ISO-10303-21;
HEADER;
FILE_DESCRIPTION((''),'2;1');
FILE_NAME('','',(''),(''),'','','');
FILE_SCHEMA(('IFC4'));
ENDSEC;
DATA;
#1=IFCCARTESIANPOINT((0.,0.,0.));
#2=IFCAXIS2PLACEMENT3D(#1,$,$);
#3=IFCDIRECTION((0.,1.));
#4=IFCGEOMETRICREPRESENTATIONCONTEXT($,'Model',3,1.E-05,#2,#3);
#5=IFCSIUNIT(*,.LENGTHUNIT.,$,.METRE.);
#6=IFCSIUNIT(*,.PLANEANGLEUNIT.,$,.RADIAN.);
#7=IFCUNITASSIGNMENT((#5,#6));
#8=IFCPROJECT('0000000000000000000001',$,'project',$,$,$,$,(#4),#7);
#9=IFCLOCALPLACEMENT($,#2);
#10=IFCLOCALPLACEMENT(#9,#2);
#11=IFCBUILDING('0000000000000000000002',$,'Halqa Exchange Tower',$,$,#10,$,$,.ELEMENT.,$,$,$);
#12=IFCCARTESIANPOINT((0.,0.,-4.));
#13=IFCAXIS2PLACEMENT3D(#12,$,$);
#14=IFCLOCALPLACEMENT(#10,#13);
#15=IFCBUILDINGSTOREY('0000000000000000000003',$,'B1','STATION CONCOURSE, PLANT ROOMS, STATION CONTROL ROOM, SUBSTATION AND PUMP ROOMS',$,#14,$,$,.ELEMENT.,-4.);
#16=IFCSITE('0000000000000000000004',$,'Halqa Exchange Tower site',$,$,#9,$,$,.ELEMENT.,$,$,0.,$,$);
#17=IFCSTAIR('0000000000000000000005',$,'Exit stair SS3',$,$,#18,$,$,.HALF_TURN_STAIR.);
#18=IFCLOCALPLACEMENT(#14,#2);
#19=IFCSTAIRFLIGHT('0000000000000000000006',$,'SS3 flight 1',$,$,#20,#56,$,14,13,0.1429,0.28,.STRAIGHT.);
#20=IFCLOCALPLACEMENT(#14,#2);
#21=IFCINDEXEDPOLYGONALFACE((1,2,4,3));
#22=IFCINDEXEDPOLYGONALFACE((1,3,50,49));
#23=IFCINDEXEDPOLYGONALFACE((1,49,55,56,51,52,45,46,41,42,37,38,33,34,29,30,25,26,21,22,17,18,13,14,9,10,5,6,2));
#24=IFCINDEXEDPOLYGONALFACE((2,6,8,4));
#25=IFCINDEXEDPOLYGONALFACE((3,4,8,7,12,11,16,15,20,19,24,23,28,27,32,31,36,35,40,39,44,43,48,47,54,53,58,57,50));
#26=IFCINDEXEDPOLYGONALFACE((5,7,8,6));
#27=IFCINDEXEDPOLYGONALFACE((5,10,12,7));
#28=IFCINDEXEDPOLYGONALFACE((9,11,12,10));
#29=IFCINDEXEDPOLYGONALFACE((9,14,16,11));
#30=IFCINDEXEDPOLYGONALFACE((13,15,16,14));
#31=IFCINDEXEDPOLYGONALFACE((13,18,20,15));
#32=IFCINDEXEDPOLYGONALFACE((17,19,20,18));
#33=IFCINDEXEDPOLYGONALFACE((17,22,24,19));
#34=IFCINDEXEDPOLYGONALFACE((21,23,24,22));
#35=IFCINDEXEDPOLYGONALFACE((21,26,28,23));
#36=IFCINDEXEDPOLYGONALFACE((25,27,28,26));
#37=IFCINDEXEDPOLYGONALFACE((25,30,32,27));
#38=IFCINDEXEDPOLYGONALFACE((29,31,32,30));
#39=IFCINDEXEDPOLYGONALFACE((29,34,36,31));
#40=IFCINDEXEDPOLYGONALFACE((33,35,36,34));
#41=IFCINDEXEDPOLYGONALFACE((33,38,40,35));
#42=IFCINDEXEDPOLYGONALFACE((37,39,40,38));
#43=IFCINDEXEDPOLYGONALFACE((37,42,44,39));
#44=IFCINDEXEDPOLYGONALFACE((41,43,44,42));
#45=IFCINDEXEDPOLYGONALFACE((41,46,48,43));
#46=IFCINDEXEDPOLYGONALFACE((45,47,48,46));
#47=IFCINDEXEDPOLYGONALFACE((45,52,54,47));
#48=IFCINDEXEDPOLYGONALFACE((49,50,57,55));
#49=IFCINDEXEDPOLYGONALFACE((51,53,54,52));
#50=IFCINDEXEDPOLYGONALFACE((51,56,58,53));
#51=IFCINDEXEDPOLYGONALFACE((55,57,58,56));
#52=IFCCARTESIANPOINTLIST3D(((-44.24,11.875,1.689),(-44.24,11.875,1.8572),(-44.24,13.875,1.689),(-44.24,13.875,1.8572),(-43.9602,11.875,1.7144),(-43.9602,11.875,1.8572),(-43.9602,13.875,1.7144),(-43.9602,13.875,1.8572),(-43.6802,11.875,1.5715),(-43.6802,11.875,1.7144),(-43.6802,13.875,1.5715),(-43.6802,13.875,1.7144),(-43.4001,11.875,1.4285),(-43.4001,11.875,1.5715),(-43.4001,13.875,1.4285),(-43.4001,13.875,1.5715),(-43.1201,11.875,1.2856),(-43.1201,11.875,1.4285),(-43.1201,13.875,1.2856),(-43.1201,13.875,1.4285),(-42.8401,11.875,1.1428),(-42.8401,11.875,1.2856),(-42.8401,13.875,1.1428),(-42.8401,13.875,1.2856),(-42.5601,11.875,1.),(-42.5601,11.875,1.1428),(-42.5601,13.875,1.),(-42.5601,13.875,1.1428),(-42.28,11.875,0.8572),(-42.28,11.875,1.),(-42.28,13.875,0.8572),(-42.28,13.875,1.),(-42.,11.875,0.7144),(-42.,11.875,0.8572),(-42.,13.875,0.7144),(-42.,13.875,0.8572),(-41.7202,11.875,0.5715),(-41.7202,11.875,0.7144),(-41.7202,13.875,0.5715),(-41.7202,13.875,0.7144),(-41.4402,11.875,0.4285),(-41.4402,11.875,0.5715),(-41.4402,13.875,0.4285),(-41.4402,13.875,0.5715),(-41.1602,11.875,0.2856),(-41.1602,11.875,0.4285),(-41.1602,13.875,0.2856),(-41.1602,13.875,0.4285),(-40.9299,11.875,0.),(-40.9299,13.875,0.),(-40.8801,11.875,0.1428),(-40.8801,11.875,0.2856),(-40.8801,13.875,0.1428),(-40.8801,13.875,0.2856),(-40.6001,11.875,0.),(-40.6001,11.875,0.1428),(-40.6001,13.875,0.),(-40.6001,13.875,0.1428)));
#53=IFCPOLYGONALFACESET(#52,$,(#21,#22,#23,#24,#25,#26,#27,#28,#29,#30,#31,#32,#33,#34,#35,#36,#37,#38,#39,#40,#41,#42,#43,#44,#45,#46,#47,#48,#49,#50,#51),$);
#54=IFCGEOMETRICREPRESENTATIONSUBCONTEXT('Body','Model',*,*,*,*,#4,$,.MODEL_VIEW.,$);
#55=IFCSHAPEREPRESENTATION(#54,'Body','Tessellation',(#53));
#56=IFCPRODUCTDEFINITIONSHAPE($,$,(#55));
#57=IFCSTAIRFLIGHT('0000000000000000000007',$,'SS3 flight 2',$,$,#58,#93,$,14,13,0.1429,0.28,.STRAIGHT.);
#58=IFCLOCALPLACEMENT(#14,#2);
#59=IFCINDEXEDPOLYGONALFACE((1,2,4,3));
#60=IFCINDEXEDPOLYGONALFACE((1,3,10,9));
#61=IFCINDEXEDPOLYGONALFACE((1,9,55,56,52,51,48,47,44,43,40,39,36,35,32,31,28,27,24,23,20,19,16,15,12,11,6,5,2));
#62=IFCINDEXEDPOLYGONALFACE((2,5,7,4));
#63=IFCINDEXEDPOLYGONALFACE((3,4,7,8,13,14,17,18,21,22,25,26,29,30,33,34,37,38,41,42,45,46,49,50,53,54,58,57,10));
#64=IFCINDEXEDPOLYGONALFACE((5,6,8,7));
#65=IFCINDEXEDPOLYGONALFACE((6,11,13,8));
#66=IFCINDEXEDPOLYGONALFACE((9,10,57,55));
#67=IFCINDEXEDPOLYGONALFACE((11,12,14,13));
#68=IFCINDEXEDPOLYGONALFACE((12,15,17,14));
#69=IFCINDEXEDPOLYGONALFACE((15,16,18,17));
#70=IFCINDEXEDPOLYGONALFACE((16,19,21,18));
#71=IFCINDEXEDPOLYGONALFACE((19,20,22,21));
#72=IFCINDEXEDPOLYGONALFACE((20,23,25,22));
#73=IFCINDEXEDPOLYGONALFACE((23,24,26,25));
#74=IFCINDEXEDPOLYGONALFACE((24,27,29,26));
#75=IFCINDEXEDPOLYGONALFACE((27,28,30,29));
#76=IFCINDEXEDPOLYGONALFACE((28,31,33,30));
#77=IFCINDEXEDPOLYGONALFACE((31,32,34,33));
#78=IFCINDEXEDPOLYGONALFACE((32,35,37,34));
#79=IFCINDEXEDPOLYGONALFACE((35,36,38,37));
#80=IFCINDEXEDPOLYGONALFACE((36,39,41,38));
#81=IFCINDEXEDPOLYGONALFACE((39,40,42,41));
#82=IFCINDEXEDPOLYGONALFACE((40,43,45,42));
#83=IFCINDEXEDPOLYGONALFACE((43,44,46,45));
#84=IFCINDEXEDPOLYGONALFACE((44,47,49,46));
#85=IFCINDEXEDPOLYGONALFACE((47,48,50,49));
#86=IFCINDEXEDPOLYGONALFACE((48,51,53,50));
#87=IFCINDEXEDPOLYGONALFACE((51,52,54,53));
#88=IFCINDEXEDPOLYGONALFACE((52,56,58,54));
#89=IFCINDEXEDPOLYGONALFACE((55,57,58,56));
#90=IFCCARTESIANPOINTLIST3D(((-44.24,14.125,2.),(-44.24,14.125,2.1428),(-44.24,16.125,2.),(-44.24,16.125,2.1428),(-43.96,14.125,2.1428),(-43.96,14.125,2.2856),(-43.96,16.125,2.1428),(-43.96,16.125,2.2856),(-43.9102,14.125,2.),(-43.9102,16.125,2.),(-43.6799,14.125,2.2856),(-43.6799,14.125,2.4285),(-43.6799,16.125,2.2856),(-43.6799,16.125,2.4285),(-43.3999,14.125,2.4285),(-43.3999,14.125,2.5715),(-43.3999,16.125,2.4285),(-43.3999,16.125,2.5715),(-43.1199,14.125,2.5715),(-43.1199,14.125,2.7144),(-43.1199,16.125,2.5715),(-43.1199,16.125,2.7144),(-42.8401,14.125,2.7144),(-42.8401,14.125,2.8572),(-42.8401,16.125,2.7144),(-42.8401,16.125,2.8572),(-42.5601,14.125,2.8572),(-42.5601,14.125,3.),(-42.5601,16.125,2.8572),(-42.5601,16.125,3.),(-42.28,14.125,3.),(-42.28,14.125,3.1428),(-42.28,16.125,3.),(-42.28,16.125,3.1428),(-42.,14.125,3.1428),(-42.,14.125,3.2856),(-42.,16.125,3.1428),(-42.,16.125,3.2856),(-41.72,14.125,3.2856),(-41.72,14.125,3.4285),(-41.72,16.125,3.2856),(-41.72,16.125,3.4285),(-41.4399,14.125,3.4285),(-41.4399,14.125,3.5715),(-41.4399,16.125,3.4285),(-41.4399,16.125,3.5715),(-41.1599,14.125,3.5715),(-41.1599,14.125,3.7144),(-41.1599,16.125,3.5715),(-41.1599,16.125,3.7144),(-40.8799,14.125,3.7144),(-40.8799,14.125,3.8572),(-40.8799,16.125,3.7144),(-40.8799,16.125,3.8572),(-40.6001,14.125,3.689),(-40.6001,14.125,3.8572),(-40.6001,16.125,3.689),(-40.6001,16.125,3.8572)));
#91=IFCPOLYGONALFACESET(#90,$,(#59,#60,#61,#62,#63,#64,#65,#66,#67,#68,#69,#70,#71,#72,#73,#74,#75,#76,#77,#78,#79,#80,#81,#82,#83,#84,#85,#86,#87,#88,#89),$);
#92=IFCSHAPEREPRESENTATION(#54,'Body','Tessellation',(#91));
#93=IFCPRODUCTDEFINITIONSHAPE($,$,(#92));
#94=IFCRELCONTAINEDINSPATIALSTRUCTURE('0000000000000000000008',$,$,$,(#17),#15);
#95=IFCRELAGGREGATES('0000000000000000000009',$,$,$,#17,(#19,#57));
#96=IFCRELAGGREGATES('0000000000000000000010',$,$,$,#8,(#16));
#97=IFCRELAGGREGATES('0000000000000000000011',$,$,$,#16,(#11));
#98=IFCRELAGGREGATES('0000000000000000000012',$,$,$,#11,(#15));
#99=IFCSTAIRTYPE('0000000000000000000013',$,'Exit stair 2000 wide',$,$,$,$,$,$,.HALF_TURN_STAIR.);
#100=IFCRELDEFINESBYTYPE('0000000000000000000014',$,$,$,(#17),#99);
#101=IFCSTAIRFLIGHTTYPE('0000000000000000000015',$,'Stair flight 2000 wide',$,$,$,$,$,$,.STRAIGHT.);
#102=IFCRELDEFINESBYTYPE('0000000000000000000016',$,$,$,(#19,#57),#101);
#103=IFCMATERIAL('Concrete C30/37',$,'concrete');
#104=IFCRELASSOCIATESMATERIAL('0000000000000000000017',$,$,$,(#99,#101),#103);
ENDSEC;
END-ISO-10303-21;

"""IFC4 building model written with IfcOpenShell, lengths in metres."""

from ifc_helpers import new_model, si_unit, direction, frame, origin, place, context, subcontext, project, spatial, polyline, outline, extrude, material, type_object, element, aggregate, save


model = new_model("IFC4")

# Units and contexts
model_context = context("Model", 3, precision=1e-05, world=origin(), true_north=direction((0.0, 1.0)))
body_context = subcontext(model_context, "Body", "Model", "MODEL_VIEW")
ifc_project = project(units=[si_unit("LENGTHUNIT", "METRE"), si_unit("PLANEANGLEUNIT", "RADIAN")], contexts=[model_context])

# Site, building, storey
site_placement = place(None, origin())
site = spatial("IfcSite", under=ifc_project, at=site_placement, Name="Halqa Exchange Tower site", CompositionType="ELEMENT", RefElevation=0.0)
building_placement = place(site_placement, origin())
building = spatial("IfcBuilding", under=site, at=building_placement, Name="Halqa Exchange Tower", CompositionType="ELEMENT")
storey_placement = place(building_placement, frame((0.0, 0.0, -4.0)))
storey = spatial("IfcBuildingStorey", under=building, at=storey_placement, Name="B1", Description="STATION CONCOURSE, PLANT ROOMS, STATION CONTROL ROOM, SUBSTATION AND PUMP ROOMS", CompositionType="ELEMENT", Elevation=-4.0)

# Shared definitions
ifc_material_1 = material(Name="Concrete C30/37", Category="concrete")

# Stair, stair flights
stair_type = type_object("IfcStairType", Name="Exit stair 2000 wide", PredefinedType="HALF_TURN_STAIR", material=ifc_material_1)
stair_placement = place(storey_placement, origin())
stair = element("IfcStair", 1, at=stair_placement, inside=storey, type_object=stair_type, Name="Exit stair SS3", PredefinedType="HALF_TURN_STAIR")
stair_flight_type = type_object("IfcStairFlightType", Name="Stair flight 2000 wide", PredefinedType="STRAIGHT", material=ifc_material_1)
stair_flight_1_placement = place(storey_placement, frame((-40.6001, 12.875, 0.0), z_axis=(0.0, 0.0, 1.0), x_axis=(-1.0, 0.0, 0.0)))
stair_flight_1 = element("IfcStairFlight", 2, at=stair_flight_1_placement, type_object=stair_flight_type, Name="SS3 flight 1", NumberOfRisers=14, NumberOfTreads=13, PredefinedType="STRAIGHT", RiserHeight=0.1429, TreadLength=0.28, context=body_context, shape_type="SweptSolid", body=[
    extrude(outline(polyline([(0.0, 0.0), (0.0, 0.1428), (0.28, 0.1428), (0.28, 0.2856), (0.5601, 0.2856), (0.5601, 0.4285), (0.8401, 0.4285), (0.8401, 0.5715), (1.1201, 0.5715), (1.1201, 0.7144), (1.3999, 0.7144), (1.3999, 0.8572), (1.6799, 0.8572), (1.6799, 1.0), (1.96, 1.0), (1.96, 1.1428), (2.24, 1.1428), (2.24, 1.2856), (2.52, 1.2856), (2.52, 1.4285), (2.8, 1.4285), (2.8, 1.5715), (3.0801, 1.5715), (3.0801, 1.7144), (3.3601, 1.7144), (3.3601, 1.8572), (3.6399, 1.8572), (3.6399, 2.0), (3.6399, 1.689), (0.3298, 0.0), (0.0, 0.0)])), frame((0.0, 1.0, 0.0), z_axis=(0.0, -1.0, 0.0), x_axis=(1.0, 0.0, 0.0)), (0.0, 0.0, 1.0), 2.0),
])
stair_flight_2_placement = place(storey_placement, frame((-44.24, 15.125, 2.0), z_axis=(0.0, 0.0, 1.0), x_axis=(1.0, 0.0, 0.0)))
stair_flight_2 = element("IfcStairFlight", 3, at=stair_flight_2_placement, type_object=stair_flight_type, Name="SS3 flight 2", NumberOfRisers=14, NumberOfTreads=13, PredefinedType="STRAIGHT", RiserHeight=0.1429, TreadLength=0.28, context=body_context, shape_type="SweptSolid", body=[
    extrude(outline(polyline([(0.0, 0.0), (0.0, 0.1428), (0.28, 0.1428), (0.28, 0.2856), (0.5601, 0.2856), (0.5601, 0.4285), (0.8401, 0.4285), (0.8401, 0.5715), (1.1201, 0.5715), (1.1201, 0.7144), (1.3999, 0.7144), (1.3999, 0.8572), (1.6799, 0.8572), (1.6799, 1.0), (1.96, 1.0), (1.96, 1.1428), (2.24, 1.1428), (2.24, 1.2856), (2.52, 1.2856), (2.52, 1.4285), (2.8, 1.4285), (2.8, 1.5715), (3.0801, 1.5715), (3.0801, 1.7144), (3.3601, 1.7144), (3.3601, 1.8572), (3.6399, 1.8572), (3.6399, 2.0), (3.6399, 1.689), (0.3298, 0.0), (0.0, 0.0)])), frame((0.0, 1.0, 0.0), z_axis=(0.0, -1.0, 0.0), x_axis=(1.0, 0.0, 0.0)), (0.0, 0.0, 1.0), 2.0),
])
aggregate(stair, [stair_flight_1, stair_flight_2])

save(model, "model.ifc")
